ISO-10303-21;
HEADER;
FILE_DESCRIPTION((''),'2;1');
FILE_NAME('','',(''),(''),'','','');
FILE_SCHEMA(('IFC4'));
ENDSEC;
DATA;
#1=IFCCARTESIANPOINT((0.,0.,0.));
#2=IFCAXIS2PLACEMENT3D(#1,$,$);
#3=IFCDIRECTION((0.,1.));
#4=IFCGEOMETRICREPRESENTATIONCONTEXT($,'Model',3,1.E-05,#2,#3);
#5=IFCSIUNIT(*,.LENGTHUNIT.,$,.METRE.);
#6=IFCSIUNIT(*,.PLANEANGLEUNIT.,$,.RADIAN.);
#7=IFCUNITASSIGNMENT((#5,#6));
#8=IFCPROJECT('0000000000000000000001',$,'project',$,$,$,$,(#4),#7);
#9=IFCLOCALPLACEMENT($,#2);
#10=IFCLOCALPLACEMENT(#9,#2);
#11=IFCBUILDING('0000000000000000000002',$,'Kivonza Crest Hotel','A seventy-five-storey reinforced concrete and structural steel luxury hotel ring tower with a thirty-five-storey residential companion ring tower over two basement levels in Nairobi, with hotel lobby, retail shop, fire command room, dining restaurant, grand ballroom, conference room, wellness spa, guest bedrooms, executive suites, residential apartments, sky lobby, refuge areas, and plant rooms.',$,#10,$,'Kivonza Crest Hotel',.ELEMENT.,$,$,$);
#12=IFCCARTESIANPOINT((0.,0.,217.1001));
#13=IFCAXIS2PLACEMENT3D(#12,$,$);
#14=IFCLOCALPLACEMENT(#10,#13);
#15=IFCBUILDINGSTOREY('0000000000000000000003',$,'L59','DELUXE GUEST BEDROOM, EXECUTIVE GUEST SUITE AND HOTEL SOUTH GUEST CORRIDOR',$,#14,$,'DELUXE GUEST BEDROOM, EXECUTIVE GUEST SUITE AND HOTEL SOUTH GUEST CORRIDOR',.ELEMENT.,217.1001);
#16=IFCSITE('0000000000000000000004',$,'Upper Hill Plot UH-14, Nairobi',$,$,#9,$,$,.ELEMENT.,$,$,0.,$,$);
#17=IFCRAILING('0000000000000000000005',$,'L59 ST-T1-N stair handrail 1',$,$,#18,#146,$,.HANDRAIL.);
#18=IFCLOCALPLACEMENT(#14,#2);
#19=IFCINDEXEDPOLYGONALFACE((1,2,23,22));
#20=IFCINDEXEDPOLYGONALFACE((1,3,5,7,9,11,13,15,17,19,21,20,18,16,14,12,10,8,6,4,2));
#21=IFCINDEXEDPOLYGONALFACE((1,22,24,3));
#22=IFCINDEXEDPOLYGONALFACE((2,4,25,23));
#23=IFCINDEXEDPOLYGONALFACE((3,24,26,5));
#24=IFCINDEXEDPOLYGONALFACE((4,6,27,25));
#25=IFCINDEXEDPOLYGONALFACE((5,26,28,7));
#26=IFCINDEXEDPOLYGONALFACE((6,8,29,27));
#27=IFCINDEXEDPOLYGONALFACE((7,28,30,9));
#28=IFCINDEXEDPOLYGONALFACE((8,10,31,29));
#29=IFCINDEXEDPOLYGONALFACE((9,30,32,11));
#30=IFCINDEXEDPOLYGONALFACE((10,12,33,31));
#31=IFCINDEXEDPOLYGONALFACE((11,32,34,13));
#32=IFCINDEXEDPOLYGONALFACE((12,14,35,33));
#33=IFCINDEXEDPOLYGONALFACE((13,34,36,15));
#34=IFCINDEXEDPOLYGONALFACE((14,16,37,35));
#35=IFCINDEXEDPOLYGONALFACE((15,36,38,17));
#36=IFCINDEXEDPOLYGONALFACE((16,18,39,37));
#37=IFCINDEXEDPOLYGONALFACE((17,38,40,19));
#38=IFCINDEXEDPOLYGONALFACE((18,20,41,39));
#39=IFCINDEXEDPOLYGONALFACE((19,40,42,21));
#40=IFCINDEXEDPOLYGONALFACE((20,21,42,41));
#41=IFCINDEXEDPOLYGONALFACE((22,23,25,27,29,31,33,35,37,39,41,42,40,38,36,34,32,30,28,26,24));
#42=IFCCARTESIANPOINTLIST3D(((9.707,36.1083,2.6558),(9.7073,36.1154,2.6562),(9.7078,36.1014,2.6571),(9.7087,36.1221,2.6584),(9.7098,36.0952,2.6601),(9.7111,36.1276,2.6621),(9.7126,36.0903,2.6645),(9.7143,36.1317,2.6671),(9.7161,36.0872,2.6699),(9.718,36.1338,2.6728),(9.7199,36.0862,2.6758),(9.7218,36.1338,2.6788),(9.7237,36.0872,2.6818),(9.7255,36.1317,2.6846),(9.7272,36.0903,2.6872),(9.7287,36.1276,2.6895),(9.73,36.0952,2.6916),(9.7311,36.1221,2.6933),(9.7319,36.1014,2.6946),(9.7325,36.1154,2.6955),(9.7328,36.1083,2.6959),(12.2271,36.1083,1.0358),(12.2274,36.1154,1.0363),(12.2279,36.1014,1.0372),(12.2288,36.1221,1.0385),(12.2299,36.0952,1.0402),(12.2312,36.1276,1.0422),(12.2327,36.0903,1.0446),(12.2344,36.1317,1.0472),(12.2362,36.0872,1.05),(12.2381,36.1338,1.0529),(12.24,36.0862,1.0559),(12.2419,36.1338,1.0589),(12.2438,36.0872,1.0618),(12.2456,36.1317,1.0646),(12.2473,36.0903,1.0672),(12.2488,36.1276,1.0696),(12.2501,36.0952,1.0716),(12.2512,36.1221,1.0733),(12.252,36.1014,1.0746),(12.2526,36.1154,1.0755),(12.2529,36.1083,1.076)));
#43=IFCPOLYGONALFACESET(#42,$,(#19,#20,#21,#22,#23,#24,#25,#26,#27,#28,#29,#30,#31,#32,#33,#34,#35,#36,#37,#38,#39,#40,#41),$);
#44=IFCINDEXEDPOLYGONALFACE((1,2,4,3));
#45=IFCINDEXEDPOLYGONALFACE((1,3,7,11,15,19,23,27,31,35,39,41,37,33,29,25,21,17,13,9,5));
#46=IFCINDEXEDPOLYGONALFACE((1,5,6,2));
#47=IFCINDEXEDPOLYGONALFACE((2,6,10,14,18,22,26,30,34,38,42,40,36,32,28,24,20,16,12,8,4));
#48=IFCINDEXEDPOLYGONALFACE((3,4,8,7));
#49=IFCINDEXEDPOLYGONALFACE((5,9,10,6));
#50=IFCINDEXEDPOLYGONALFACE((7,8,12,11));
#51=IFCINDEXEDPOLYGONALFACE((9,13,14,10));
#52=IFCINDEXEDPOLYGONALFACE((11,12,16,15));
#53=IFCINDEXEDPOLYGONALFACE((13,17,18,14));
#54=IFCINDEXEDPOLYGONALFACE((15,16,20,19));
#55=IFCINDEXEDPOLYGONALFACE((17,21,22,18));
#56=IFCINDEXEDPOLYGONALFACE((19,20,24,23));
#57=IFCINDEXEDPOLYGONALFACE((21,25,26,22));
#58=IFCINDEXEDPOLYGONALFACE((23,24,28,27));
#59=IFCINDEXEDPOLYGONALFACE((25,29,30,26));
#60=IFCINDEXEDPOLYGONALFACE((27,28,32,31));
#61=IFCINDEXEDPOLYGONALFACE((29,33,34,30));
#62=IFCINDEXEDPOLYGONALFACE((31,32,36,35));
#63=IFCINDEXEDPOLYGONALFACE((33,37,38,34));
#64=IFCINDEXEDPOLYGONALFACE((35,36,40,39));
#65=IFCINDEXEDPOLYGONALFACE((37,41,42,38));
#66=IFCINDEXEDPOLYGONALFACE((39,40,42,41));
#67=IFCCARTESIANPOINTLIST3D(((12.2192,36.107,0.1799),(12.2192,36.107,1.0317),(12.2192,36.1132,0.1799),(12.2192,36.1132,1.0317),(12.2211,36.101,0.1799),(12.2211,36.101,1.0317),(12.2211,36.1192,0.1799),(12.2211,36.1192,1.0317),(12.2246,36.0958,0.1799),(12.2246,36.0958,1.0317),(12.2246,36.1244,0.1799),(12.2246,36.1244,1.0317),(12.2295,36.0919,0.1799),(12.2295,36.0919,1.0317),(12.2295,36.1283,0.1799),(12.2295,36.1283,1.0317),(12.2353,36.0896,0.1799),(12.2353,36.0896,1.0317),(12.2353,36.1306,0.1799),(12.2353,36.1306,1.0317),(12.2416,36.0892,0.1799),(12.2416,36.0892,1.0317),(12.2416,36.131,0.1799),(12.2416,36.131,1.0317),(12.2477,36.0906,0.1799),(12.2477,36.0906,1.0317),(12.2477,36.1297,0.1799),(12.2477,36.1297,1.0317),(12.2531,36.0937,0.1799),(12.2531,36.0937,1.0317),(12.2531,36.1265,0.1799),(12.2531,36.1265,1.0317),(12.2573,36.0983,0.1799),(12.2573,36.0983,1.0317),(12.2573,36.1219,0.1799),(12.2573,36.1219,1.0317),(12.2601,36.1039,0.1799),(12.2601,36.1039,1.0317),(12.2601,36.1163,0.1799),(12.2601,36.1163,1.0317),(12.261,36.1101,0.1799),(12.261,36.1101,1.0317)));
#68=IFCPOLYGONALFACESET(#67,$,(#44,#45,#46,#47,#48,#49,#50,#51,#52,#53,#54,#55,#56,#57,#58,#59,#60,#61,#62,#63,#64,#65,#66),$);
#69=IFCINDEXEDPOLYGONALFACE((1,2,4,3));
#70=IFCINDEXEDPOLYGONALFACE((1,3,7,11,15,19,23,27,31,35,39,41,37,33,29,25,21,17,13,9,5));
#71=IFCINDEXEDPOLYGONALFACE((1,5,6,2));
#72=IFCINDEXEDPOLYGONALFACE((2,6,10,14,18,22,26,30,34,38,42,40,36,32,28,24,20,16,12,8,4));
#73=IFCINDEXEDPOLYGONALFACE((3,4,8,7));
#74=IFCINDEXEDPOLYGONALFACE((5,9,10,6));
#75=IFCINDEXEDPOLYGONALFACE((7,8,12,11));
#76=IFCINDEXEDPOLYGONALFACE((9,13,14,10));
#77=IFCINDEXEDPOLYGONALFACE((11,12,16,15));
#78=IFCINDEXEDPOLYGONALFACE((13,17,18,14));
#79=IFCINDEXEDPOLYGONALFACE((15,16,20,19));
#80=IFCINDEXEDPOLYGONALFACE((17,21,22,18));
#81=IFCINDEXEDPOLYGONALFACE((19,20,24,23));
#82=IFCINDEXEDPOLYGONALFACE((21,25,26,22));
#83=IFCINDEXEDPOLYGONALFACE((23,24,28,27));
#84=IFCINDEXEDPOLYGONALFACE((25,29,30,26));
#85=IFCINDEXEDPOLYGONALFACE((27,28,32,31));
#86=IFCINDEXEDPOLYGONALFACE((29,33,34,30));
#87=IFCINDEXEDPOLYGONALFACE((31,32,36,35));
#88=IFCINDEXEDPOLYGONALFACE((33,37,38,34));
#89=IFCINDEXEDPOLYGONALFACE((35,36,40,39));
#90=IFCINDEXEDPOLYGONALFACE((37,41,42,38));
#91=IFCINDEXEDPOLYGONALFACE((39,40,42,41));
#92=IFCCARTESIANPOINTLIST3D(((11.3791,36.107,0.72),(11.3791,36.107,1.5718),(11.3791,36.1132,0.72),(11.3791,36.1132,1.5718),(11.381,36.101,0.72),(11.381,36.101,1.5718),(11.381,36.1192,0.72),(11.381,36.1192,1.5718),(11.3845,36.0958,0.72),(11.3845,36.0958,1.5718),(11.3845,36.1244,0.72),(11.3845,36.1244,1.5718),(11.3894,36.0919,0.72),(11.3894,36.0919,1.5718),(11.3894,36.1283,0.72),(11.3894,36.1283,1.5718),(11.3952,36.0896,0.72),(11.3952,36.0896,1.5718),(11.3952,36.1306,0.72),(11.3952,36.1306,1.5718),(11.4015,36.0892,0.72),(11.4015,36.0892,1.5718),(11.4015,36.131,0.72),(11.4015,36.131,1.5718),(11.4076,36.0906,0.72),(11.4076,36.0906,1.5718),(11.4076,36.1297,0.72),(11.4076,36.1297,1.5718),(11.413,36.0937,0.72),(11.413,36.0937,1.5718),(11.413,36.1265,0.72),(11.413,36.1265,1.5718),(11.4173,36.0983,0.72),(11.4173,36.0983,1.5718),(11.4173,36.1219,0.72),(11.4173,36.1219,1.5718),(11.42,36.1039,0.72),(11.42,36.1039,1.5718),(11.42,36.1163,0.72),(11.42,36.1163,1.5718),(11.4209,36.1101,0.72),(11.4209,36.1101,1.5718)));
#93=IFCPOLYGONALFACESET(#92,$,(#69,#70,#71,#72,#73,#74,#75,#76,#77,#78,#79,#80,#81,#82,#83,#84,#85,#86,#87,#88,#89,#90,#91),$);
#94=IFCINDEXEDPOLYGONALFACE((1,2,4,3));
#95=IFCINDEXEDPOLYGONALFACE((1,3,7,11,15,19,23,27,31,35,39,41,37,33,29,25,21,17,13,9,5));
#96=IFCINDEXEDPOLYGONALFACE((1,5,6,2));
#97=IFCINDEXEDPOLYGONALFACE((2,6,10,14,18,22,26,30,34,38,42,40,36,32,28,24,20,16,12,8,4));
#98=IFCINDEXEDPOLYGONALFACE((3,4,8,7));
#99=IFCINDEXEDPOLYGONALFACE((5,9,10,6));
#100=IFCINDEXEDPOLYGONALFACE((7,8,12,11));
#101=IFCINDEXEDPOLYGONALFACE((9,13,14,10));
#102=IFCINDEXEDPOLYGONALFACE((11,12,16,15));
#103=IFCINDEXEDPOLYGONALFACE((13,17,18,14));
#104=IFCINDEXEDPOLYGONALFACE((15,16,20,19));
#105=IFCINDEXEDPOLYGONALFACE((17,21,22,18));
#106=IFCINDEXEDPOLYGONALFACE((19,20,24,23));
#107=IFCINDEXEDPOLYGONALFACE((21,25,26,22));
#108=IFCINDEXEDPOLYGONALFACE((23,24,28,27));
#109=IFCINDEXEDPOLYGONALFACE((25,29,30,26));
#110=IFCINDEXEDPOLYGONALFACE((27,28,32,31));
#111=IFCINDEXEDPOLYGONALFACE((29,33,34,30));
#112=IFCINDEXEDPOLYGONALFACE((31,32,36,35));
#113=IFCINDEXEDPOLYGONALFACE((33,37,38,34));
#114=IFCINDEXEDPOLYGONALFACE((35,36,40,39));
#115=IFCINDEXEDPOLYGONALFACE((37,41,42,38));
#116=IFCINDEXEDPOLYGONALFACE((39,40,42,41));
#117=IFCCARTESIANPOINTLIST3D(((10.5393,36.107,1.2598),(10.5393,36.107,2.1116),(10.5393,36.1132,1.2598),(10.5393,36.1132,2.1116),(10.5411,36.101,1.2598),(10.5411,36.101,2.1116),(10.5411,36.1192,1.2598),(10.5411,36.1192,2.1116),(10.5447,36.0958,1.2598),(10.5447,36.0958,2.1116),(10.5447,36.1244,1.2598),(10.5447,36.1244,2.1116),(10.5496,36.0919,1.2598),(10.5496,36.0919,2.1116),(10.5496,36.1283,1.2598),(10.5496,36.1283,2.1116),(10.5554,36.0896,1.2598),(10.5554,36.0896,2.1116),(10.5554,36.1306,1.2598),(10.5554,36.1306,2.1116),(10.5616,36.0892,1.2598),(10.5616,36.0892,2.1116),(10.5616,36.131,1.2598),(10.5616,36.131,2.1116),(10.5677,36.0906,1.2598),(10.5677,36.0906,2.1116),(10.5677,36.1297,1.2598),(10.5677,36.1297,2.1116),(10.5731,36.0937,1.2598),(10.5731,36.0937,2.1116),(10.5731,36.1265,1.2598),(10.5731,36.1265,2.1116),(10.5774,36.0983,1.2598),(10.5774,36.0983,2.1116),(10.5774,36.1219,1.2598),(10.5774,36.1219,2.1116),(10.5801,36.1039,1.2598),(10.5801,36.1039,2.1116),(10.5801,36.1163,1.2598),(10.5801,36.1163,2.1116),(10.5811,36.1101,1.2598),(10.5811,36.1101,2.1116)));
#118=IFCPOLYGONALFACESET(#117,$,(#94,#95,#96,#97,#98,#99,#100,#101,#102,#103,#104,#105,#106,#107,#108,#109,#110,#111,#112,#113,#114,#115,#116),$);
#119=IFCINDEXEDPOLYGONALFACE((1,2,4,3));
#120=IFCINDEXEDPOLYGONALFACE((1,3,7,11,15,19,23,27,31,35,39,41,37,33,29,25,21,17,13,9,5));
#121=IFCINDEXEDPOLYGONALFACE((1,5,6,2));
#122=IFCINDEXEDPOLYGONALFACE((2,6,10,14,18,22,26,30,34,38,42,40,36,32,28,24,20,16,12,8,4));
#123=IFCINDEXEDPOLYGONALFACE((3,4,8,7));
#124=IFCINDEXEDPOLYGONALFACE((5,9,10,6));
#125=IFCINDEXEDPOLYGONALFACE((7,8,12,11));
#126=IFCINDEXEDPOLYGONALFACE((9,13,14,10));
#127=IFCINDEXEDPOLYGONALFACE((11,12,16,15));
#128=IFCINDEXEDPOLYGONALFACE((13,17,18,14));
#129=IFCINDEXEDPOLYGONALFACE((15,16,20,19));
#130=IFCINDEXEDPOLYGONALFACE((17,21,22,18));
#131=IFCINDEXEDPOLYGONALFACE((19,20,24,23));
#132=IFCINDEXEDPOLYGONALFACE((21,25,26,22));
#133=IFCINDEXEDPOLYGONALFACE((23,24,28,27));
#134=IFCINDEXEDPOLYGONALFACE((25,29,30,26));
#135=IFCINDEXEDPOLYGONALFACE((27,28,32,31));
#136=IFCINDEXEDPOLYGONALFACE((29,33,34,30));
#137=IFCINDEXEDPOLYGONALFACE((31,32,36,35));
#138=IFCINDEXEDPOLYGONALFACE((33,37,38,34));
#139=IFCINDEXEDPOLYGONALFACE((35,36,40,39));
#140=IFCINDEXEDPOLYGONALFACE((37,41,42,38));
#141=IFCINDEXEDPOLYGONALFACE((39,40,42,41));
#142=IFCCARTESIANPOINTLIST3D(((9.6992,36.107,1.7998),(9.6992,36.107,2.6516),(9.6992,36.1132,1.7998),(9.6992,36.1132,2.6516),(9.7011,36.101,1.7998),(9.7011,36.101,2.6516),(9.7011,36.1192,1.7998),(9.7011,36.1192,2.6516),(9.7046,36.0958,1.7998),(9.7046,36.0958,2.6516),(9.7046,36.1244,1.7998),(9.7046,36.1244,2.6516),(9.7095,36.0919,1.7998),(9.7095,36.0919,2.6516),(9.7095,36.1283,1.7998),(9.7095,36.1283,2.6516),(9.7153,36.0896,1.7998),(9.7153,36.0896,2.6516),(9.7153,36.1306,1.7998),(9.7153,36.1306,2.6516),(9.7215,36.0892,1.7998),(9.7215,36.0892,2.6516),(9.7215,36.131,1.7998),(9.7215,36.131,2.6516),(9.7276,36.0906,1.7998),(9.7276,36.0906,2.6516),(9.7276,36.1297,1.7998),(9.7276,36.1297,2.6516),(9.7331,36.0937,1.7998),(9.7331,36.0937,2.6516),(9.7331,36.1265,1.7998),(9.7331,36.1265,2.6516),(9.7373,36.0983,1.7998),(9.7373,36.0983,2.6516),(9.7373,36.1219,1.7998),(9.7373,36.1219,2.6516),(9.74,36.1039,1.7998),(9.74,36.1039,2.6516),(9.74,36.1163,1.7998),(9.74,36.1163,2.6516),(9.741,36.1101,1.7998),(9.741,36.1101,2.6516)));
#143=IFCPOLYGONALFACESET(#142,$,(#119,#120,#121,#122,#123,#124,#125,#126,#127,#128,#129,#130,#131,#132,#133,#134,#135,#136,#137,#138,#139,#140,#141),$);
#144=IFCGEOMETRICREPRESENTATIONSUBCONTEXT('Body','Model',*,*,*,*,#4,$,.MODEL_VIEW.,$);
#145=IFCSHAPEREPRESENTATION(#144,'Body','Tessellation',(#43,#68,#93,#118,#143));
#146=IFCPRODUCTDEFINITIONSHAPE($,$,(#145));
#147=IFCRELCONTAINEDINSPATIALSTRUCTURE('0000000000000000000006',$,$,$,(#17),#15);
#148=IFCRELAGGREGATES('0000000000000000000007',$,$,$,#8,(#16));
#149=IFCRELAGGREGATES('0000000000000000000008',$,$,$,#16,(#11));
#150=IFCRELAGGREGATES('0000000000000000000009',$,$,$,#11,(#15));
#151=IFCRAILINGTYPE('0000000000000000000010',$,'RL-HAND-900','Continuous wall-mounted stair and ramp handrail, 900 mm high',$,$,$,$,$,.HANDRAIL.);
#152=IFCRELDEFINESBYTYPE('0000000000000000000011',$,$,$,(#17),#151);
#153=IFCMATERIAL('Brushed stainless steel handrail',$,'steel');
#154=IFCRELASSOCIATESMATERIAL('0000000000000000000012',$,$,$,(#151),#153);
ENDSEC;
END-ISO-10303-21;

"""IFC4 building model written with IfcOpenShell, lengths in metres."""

from ifc_helpers import new_model, si_unit, direction, frame, origin, origin_2d, place, context, subcontext, project, spatial, circle, extrude, material, type_object, element, save


model = new_model("IFC4")

# Units and contexts
model_context = context("Model", 3, precision=1e-05, world=origin(), true_north=direction((0.0, 1.0)))
body_context = subcontext(model_context, "Body", "Model", "MODEL_VIEW")
ifc_project = project(units=[si_unit("LENGTHUNIT", "METRE"), si_unit("PLANEANGLEUNIT", "RADIAN")], contexts=[model_context])

# Site, building, storey
site_placement = place(None, origin())
site = spatial("IfcSite", under=ifc_project, at=site_placement, Name="Upper Hill Plot UH-14, Nairobi", CompositionType="ELEMENT", RefElevation=0.0)
building_placement = place(site_placement, origin())
building = spatial("IfcBuilding", under=site, at=building_placement, Name="Kivonza Crest Hotel", Description="A seventy-five-storey reinforced concrete and structural steel luxury hotel ring tower with a thirty-five-storey residential companion ring tower over two basement levels in Nairobi, with hotel lobby, retail shop, fire command room, dining restaurant, grand ballroom, conference room, wellness spa, guest bedrooms, executive suites, residential apartments, sky lobby, refuge areas, and plant rooms.", LongName="Kivonza Crest Hotel", CompositionType="ELEMENT")
storey_placement = place(building_placement, frame((0.0, 0.0, 217.1001)))
storey = spatial("IfcBuildingStorey", under=building, at=storey_placement, Name="L59", Description="DELUXE GUEST BEDROOM, EXECUTIVE GUEST SUITE AND HOTEL SOUTH GUEST CORRIDOR", LongName="DELUXE GUEST BEDROOM, EXECUTIVE GUEST SUITE AND HOTEL SOUTH GUEST CORRIDOR", CompositionType="ELEMENT", Elevation=217.1001)

# Railing
ifc_material_1 = material(Name="Brushed stainless steel handrail", Category="steel")
railing_type_1 = type_object("IfcRailingType", Name="RL-HAND-900", Description="Continuous wall-mounted stair and ramp handrail, 900 mm high", PredefinedType="HANDRAIL", material=ifc_material_1)
railing_1_placement = place(storey_placement, frame((12.24, 36.1101, 0.1799)))
element("IfcRailing", 1, at=railing_1_placement, inside=storey, type_object=railing_type_1, Name="L59 ST-T1-N stair handrail 1", PredefinedType="HANDRAIL", context=body_context, shape_type="SweptSolid", body=[
    extrude(circle(Radius=0.0239, at=origin_2d()), frame((0.0, 0.0, 0.876), z_axis=(-0.8412, 0.0, 0.540725), x_axis=(0.0, -1.0, 0.0)), (0.0, 0.0, 1.0), 2.9958),
    extrude(circle(Radius=0.021, at=origin_2d()), origin(), (0.0, 0.0, 1.0), 0.8518),
    extrude(circle(Radius=0.021, at=origin_2d()), frame((-0.8401, 0.0, 0.54)), (0.0, 0.0, 1.0), 0.8518),
    extrude(circle(Radius=0.021, at=origin_2d()), frame((-1.6799, 0.0, 1.0798)), (0.0, 0.0, 1.0), 0.8518),
    extrude(circle(Radius=0.021, at=origin_2d()), frame((-2.52, 0.0, 1.6199)), (0.0, 0.0, 1.0), 0.8518),
])

save(model, "model.ifc")
